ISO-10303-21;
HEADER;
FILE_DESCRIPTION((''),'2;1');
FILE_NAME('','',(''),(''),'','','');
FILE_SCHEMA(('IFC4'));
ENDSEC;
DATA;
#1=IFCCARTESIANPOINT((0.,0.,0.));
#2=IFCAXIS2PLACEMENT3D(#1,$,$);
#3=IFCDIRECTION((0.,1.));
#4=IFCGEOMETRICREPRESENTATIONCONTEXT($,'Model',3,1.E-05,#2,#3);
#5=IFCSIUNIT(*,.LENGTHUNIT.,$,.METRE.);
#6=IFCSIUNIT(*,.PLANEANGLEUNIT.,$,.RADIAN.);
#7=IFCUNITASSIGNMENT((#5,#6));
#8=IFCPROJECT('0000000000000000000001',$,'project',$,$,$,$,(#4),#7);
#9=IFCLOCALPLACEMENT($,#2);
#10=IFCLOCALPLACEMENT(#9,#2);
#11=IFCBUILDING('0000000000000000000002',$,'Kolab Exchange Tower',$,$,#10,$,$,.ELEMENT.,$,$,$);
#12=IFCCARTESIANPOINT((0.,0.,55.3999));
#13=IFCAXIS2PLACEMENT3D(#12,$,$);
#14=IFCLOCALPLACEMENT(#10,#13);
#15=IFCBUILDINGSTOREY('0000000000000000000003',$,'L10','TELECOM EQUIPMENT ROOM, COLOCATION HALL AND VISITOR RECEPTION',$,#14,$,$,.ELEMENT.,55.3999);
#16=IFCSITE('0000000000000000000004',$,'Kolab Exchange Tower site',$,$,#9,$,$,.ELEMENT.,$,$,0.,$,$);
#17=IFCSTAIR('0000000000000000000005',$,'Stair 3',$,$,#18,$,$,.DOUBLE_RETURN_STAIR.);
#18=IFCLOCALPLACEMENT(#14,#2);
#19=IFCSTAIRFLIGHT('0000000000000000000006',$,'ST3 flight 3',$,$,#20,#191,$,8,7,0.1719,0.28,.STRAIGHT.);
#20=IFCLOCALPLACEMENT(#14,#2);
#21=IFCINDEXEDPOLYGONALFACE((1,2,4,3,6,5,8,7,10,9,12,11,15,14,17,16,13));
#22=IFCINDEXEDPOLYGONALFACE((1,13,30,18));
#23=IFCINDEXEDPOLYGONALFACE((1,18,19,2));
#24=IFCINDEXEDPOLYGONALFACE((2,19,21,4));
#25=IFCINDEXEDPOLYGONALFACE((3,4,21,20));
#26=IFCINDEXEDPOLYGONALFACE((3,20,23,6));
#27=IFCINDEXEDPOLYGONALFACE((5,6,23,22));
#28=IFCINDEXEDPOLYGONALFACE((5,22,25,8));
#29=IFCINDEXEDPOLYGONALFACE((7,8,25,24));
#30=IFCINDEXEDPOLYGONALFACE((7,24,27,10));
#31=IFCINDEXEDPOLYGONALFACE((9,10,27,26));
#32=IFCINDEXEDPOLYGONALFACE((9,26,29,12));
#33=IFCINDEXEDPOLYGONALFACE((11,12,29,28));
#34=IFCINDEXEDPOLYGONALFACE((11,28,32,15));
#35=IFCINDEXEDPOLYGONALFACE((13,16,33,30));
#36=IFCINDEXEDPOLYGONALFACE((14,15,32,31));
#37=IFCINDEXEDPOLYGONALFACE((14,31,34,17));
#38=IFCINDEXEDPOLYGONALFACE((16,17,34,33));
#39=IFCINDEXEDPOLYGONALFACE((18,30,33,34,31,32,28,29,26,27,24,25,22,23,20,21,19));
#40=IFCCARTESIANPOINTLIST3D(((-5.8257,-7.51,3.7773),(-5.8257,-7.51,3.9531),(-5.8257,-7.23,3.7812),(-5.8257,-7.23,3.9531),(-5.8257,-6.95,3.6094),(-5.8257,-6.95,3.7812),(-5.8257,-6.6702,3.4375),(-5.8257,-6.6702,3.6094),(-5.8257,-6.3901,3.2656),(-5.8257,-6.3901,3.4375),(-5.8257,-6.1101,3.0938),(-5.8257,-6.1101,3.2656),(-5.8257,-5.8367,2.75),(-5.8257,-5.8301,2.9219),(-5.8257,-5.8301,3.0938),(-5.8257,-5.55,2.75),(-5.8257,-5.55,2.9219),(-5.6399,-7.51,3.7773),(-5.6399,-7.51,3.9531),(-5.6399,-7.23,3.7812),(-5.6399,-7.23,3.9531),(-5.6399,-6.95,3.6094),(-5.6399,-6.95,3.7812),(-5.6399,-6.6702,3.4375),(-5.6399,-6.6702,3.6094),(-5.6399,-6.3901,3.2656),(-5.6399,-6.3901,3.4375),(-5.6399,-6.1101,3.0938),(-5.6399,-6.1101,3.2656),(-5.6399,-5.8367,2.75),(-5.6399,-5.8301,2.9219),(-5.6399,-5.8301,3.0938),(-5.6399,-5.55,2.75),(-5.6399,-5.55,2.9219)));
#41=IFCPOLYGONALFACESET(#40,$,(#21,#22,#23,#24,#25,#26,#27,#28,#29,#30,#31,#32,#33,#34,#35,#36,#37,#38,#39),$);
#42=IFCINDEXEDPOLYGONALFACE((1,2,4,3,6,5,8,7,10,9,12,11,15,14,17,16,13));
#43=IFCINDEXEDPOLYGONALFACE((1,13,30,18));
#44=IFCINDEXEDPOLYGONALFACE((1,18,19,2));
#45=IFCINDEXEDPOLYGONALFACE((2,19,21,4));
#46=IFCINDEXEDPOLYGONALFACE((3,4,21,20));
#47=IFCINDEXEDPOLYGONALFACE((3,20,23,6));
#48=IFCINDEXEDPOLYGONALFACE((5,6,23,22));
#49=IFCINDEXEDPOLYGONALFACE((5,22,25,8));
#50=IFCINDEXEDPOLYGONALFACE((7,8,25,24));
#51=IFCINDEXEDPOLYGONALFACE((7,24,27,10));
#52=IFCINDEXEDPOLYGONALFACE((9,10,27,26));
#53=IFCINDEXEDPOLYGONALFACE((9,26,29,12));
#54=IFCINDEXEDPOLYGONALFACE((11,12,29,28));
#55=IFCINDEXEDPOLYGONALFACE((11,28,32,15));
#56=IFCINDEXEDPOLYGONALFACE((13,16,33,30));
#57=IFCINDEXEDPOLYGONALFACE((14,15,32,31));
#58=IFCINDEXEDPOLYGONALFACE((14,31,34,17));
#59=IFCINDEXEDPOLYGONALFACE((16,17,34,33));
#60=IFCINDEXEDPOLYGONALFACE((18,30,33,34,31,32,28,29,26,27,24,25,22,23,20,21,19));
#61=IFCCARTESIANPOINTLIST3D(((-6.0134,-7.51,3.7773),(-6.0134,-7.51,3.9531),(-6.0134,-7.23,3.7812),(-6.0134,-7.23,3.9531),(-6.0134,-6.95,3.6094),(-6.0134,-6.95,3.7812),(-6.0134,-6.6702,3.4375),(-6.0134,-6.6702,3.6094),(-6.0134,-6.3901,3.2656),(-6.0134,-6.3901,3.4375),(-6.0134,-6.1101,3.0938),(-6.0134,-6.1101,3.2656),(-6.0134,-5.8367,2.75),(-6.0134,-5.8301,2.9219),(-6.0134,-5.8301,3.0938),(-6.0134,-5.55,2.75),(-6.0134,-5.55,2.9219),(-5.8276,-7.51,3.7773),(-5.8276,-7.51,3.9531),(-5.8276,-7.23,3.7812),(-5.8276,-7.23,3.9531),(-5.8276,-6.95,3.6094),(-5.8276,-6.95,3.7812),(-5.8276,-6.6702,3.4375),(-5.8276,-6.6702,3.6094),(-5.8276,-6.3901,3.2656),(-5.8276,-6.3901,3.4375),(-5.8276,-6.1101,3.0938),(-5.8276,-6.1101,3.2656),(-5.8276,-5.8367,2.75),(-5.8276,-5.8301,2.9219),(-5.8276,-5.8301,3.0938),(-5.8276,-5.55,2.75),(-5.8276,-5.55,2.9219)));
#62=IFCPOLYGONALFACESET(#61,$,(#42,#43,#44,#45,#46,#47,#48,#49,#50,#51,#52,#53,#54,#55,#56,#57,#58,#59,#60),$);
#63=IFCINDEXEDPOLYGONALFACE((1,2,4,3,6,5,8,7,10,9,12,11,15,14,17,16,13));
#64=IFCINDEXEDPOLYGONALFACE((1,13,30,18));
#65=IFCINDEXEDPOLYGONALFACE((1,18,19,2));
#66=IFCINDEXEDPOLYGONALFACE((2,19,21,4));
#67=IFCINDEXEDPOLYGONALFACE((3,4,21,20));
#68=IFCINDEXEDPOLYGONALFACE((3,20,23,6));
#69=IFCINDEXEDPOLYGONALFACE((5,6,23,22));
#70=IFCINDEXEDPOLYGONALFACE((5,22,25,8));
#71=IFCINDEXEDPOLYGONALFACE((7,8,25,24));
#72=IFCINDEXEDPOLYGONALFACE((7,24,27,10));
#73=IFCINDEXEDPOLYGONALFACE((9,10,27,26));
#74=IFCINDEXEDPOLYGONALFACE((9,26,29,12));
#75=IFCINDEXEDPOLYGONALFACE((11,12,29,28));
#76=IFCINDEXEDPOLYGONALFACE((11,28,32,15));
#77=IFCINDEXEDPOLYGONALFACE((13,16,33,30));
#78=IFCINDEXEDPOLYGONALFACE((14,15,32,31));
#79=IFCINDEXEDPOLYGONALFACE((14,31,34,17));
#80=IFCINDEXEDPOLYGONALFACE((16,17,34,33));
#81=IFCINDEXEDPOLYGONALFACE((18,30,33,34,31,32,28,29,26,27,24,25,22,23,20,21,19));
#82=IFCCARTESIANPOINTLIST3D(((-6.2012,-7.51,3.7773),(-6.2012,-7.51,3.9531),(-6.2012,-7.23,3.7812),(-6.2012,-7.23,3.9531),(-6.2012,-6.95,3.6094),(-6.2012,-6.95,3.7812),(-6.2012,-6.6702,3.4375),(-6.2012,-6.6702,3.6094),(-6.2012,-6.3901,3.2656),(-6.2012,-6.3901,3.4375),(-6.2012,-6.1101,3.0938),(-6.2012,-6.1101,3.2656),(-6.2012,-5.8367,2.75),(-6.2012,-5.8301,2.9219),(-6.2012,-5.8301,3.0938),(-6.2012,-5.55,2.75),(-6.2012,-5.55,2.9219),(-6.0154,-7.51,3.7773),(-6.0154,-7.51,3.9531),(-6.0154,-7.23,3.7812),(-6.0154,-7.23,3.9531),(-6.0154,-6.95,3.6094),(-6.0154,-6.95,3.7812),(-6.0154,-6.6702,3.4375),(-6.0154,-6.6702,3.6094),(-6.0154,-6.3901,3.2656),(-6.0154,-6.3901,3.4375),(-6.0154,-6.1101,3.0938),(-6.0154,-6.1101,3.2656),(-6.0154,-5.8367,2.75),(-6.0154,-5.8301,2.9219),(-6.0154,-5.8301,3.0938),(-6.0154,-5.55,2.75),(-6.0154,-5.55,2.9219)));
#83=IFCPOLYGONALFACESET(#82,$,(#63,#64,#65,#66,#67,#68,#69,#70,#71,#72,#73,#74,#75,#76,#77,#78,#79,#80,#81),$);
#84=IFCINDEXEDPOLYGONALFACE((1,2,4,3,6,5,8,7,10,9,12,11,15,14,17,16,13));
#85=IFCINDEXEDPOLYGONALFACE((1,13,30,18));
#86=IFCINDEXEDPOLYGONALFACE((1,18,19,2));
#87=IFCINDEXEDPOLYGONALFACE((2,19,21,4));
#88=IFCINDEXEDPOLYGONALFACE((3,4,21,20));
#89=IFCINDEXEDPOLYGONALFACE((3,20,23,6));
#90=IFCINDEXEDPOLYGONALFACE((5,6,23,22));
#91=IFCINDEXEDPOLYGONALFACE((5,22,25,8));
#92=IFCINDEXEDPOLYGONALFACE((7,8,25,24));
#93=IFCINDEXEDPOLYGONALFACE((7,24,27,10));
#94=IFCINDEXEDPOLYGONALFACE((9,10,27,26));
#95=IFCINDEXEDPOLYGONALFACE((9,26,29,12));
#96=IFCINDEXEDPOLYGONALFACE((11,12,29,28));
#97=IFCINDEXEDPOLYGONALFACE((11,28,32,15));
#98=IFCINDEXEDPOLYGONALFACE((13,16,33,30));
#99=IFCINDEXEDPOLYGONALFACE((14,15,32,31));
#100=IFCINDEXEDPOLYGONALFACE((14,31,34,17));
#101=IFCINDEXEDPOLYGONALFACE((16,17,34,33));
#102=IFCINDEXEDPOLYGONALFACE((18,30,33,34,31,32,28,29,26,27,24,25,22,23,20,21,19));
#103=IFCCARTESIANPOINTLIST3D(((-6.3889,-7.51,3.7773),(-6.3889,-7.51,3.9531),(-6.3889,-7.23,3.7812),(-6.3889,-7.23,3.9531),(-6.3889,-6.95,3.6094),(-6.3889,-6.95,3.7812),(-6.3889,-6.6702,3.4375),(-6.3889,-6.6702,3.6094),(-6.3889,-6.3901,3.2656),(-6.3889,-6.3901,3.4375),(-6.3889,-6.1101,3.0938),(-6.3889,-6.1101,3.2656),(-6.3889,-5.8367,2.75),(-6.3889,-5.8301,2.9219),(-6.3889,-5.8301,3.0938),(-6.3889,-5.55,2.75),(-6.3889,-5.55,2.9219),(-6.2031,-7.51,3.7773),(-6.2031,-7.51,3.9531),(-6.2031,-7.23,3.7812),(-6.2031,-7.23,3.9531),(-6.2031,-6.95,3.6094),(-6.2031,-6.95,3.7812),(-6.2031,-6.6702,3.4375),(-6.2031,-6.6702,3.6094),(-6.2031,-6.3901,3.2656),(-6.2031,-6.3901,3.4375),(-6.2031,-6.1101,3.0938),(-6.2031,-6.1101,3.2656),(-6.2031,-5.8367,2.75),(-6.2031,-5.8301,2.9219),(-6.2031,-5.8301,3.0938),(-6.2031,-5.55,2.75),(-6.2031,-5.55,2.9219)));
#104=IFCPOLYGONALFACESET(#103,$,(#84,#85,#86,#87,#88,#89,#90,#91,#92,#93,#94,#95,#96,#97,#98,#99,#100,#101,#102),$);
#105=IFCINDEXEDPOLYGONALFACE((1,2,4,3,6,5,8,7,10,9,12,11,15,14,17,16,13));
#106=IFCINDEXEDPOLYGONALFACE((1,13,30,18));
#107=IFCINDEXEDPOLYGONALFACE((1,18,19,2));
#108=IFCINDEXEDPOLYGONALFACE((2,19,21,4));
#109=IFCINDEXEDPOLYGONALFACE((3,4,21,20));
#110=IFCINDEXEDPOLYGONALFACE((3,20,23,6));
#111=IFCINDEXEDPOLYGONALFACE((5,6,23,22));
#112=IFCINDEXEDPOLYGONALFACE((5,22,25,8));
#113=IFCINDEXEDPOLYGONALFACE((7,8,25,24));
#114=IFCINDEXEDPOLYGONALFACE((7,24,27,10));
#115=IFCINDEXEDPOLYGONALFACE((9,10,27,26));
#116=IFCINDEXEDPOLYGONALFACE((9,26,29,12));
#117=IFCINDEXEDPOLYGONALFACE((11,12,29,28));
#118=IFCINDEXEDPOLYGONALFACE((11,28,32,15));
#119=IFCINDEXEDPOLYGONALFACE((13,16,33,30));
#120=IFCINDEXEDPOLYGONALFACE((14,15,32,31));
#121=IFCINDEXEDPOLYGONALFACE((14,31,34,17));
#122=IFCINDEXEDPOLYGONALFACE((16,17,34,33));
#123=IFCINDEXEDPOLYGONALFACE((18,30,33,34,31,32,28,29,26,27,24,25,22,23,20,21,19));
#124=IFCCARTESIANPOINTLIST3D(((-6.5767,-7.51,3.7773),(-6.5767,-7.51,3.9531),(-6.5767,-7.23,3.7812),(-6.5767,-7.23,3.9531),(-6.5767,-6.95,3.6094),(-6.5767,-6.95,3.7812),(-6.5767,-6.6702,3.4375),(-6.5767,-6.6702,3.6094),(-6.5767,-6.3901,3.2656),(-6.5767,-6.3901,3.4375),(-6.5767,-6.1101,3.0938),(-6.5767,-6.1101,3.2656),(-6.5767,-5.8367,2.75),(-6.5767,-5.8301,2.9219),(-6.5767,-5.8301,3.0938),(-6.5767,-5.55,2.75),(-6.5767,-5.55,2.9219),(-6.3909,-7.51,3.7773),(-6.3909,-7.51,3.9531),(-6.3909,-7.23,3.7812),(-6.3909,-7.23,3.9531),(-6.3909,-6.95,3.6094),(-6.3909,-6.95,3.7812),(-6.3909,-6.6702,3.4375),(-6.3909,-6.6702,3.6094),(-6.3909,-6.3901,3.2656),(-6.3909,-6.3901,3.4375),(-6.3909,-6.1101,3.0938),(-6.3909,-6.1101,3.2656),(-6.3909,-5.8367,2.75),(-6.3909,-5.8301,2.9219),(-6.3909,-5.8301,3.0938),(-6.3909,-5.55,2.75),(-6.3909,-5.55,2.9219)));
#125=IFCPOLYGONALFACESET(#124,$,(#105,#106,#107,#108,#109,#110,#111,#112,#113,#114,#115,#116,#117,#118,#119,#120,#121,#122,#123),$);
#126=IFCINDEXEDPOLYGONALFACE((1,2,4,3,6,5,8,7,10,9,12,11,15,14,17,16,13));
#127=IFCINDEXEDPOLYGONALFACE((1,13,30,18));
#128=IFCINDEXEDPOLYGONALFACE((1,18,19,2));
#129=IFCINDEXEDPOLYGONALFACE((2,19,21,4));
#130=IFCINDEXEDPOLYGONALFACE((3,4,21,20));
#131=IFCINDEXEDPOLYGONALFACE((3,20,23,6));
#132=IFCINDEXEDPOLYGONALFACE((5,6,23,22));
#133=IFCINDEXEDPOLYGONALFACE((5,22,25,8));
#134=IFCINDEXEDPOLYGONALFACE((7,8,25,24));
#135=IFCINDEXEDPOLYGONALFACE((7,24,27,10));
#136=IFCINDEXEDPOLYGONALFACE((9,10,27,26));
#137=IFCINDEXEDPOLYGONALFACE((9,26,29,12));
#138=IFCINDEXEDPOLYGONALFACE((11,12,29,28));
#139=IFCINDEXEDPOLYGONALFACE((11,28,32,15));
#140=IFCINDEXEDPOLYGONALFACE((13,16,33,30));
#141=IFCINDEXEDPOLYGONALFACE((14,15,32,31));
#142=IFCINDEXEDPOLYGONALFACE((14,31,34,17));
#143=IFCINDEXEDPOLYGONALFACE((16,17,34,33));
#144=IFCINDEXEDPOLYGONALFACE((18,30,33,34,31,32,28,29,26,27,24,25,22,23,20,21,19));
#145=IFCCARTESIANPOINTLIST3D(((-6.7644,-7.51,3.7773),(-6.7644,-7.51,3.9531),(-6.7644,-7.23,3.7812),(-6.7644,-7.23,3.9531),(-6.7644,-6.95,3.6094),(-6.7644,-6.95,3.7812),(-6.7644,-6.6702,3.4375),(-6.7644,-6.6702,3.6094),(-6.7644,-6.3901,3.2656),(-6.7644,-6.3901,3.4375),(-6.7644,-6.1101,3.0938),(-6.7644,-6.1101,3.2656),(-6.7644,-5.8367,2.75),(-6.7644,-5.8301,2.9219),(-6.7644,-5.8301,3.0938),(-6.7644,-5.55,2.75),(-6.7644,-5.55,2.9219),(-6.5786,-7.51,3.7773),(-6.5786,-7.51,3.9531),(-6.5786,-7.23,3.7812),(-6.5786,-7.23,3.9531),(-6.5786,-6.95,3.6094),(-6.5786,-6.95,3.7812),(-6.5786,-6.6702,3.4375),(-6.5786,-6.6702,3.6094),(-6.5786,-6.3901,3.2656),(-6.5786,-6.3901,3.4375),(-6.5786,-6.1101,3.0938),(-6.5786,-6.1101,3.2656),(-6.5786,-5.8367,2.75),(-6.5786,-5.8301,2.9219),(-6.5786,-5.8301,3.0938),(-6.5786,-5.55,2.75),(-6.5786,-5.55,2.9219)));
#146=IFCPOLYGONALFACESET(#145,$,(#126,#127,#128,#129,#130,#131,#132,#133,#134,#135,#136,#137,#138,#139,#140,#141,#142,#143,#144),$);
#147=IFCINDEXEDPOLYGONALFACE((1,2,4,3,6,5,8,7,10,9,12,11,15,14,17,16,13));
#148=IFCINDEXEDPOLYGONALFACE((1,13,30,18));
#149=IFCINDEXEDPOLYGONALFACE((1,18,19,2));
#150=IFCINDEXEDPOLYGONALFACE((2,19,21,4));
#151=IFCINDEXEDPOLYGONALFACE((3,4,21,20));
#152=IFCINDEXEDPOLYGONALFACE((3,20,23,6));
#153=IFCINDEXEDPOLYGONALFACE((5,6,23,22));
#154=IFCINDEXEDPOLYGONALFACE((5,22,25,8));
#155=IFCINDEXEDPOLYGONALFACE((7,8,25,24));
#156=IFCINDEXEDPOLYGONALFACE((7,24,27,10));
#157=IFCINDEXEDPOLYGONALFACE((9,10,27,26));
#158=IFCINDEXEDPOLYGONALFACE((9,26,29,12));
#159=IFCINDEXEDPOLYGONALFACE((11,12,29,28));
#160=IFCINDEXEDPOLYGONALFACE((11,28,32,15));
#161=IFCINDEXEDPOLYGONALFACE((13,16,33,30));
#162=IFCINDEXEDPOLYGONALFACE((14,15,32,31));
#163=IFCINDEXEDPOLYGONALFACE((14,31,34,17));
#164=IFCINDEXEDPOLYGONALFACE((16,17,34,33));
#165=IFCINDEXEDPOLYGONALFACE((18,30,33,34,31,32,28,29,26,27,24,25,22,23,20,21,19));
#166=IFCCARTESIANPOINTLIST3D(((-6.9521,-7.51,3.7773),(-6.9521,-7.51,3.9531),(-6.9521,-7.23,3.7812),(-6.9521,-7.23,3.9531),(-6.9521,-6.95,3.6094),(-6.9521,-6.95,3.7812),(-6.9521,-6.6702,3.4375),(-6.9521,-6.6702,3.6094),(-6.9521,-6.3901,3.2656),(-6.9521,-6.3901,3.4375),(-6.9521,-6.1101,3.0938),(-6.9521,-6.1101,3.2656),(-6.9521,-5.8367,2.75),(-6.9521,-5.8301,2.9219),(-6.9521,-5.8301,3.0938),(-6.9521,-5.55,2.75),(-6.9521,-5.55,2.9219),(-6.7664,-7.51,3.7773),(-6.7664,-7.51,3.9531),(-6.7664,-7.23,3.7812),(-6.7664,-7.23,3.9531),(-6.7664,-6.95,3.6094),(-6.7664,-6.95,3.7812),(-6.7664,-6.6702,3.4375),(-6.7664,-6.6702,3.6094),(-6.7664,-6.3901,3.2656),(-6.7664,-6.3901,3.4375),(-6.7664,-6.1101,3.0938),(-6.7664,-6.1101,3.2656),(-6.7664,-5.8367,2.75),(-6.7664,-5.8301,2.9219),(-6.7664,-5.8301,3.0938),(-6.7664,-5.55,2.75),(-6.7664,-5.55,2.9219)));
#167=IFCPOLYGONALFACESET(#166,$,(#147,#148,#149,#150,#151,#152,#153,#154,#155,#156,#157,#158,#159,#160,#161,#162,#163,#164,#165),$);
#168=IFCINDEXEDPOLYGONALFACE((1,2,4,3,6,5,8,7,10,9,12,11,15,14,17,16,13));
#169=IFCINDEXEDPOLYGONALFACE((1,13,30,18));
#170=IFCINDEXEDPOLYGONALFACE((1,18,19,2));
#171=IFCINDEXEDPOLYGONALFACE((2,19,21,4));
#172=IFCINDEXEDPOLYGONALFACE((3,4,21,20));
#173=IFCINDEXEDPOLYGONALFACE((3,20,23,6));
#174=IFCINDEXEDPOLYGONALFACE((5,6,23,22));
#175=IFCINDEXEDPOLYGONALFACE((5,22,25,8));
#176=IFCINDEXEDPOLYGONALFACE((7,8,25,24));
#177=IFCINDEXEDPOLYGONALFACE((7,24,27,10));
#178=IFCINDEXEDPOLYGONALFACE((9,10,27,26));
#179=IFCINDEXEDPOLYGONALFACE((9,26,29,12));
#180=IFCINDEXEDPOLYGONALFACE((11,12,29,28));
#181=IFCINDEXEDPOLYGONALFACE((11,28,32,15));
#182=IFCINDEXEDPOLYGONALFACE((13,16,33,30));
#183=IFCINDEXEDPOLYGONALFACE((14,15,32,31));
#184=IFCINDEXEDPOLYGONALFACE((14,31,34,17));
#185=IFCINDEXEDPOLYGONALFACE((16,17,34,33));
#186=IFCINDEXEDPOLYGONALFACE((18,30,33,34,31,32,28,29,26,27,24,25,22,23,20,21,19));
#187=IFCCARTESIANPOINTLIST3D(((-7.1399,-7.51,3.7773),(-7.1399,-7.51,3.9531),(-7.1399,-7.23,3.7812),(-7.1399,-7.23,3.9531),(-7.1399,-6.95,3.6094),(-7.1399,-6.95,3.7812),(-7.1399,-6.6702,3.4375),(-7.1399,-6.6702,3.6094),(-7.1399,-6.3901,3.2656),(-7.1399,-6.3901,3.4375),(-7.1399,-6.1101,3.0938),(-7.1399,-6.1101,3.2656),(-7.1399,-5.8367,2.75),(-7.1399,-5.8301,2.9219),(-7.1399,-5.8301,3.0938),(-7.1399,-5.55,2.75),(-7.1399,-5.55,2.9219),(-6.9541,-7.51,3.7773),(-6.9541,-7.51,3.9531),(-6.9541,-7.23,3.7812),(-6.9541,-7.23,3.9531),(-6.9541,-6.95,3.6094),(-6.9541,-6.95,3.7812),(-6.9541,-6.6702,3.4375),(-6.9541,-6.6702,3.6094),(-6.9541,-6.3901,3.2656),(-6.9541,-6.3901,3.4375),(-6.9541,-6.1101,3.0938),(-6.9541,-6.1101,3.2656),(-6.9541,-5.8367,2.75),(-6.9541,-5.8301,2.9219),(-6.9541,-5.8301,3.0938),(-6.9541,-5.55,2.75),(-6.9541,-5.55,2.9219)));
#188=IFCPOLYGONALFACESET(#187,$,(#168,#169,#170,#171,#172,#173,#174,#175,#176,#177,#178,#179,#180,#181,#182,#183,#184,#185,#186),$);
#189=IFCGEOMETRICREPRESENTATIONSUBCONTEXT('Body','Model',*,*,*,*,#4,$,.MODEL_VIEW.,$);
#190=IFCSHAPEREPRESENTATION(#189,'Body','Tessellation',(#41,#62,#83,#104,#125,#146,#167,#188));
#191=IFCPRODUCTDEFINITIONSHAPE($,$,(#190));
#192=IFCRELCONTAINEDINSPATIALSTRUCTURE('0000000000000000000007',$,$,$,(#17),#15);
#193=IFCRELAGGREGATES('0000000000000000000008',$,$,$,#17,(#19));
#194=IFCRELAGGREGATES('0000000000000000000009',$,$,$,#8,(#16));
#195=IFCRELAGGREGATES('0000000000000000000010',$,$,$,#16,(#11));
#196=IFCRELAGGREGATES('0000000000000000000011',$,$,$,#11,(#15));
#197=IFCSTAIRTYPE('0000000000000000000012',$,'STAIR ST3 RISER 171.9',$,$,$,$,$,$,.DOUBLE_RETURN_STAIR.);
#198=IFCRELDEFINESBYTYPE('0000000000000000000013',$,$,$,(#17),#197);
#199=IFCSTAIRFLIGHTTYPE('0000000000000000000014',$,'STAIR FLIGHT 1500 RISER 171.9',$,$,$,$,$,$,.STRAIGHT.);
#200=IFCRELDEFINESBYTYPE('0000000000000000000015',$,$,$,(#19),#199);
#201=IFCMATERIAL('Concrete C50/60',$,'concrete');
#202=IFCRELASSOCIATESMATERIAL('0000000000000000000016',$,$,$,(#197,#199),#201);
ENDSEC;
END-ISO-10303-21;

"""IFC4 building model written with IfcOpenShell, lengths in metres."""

from ifc_helpers import new_model, si_unit, direction, frame, origin, place, context, subcontext, project, spatial, polyline, outline, extrude, material, type_object, element, aggregate, save


model = new_model("IFC4")

# Units and contexts
model_context = context("Model", 3, precision=1e-05, world=origin(), true_north=direction((0.0, 1.0)))
body_context = subcontext(model_context, "Body", "Model", "MODEL_VIEW")
ifc_project = project(units=[si_unit("LENGTHUNIT", "METRE"), si_unit("PLANEANGLEUNIT", "RADIAN")], contexts=[model_context])

# Site, building, storey
site_placement = place(None, origin())
site = spatial("IfcSite", under=ifc_project, at=site_placement, Name="Kolab Exchange Tower site", CompositionType="ELEMENT", RefElevation=0.0)
building_placement = place(site_placement, origin())
building = spatial("IfcBuilding", under=site, at=building_placement, Name="Kolab Exchange Tower", CompositionType="ELEMENT")
storey_placement = place(building_placement, frame((0.0, 0.0, 55.3999)))
storey = spatial("IfcBuildingStorey", under=building, at=storey_placement, Name="L10", Description="TELECOM EQUIPMENT ROOM, COLOCATION HALL AND VISITOR RECEPTION", CompositionType="ELEMENT", Elevation=55.3999)

# Shared definitions
ifc_material_1 = material(Name="Concrete C50/60", Category="concrete")

# Stair, stair flight
stair_type = type_object("IfcStairType", Name="STAIR ST3 RISER 171.9", PredefinedType="DOUBLE_RETURN_STAIR", material=ifc_material_1)
stair_placement = place(storey_placement, origin())
stair = element("IfcStair", 1, at=stair_placement, inside=storey, type_object=stair_type, Name="Stair 3", PredefinedType="DOUBLE_RETURN_STAIR")
stair_flight_type = type_object("IfcStairFlightType", Name="STAIR FLIGHT 1500 RISER 171.9", PredefinedType="STRAIGHT", material=ifc_material_1)
stair_flight_placement = place(storey_placement, frame((-6.3899, -5.55, 2.75), z_axis=(0.0, 0.0, 1.0), x_axis=(0.0, -1.0, 0.0)))
stair_flight = element("IfcStairFlight", 2, at=stair_flight_placement, type_object=stair_flight_type, Name="ST3 flight 3", NumberOfRisers=8, NumberOfTreads=7, PredefinedType="STRAIGHT", RiserHeight=0.1719, TreadLength=0.28, context=body_context, shape_type="SweptSolid", body=[
    extrude(outline(polyline([(0.0, 0.0), (0.0, 0.1719), (0.28, 0.1719), (0.28, 0.3438), (0.5601, 0.3438), (0.5601, 0.5156), (0.8401, 0.5156), (0.8401, 0.6875), (1.1201, 0.6875), (1.1201, 0.8594), (1.3999, 0.8594), (1.3999, 1.0312), (1.6799, 1.0312), (1.6799, 1.2031), (1.96, 1.2031), (1.96, 1.375), (1.96, 1.0273), (0.2866, 0.0), (0.0, 0.0)])), frame((0.0, 0.75, 0.0), z_axis=(0.0, -1.0, 0.0), x_axis=(1.0, 0.0, 0.0)), (0.0, 0.0, 1.0), 0.1858),
    extrude(outline(polyline([(0.0, 0.0), (0.0, 0.1719), (0.28, 0.1719), (0.28, 0.3438), (0.5601, 0.3438), (0.5601, 0.5156), (0.8401, 0.5156), (0.8401, 0.6875), (1.1201, 0.6875), (1.1201, 0.8594), (1.3999, 0.8594), (1.3999, 1.0312), (1.6799, 1.0312), (1.6799, 1.2031), (1.96, 1.2031), (1.96, 1.375), (1.96, 1.0273), (0.2866, 0.0), (0.0, 0.0)])), frame((0.0, 0.5623, 0.0), z_axis=(0.0, -1.0, 0.0), x_axis=(1.0, 0.0, 0.0)), (0.0, 0.0, 1.0), 0.1858),
    extrude(outline(polyline([(0.0, 0.0), (0.0, 0.1719), (0.28, 0.1719), (0.28, 0.3438), (0.5601, 0.3438), (0.5601, 0.5156), (0.8401, 0.5156), (0.8401, 0.6875), (1.1201, 0.6875), (1.1201, 0.8594), (1.3999, 0.8594), (1.3999, 1.0312), (1.6799, 1.0312), (1.6799, 1.2031), (1.96, 1.2031), (1.96, 1.375), (1.96, 1.0273), (0.2866, 0.0), (0.0, 0.0)])), frame((0.0, 0.3745, 0.0), z_axis=(0.0, -1.0, 0.0), x_axis=(1.0, 0.0, 0.0)), (0.0, 0.0, 1.0), 0.1858),
    extrude(outline(polyline([(0.0, 0.0), (0.0, 0.1719), (0.28, 0.1719), (0.28, 0.3438), (0.5601, 0.3438), (0.5601, 0.5156), (0.8401, 0.5156), (0.8401, 0.6875), (1.1201, 0.6875), (1.1201, 0.8594), (1.3999, 0.8594), (1.3999, 1.0312), (1.6799, 1.0312), (1.6799, 1.2031), (1.96, 1.2031), (1.96, 1.375), (1.96, 1.0273), (0.2866, 0.0), (0.0, 0.0)])), frame((0.0, 0.1868, 0.0), z_axis=(0.0, -1.0, 0.0), x_axis=(1.0, 0.0, 0.0)), (0.0, 0.0, 1.0), 0.1858),
    extrude(outline(polyline([(0.0, 0.0), (0.0, 0.1719), (0.28, 0.1719), (0.28, 0.3438), (0.5601, 0.3438), (0.5601, 0.5156), (0.8401, 0.5156), (0.8401, 0.6875), (1.1201, 0.6875), (1.1201, 0.8594), (1.3999, 0.8594), (1.3999, 1.0312), (1.6799, 1.0312), (1.6799, 1.2031), (1.96, 1.2031), (1.96, 1.375), (1.96, 1.0273), (0.2866, 0.0), (0.0, 0.0)])), frame((0.0, -0.001, 0.0), z_axis=(0.0, -1.0, 0.0), x_axis=(1.0, 0.0, 0.0)), (0.0, 0.0, 1.0), 0.1858),
    extrude(outline(polyline([(0.0, 0.0), (0.0, 0.1719), (0.28, 0.1719), (0.28, 0.3438), (0.5601, 0.3438), (0.5601, 0.5156), (0.8401, 0.5156), (0.8401, 0.6875), (1.1201, 0.6875), (1.1201, 0.8594), (1.3999, 0.8594), (1.3999, 1.0312), (1.6799, 1.0312), (1.6799, 1.2031), (1.96, 1.2031), (1.96, 1.375), (1.96, 1.0273), (0.2866, 0.0), (0.0, 0.0)])), frame((0.0, -0.1887, 0.0), z_axis=(0.0, -1.0, 0.0), x_axis=(1.0, 0.0, 0.0)), (0.0, 0.0, 1.0), 0.1858),
    extrude(outline(polyline([(0.0, 0.0), (0.0, 0.1719), (0.28, 0.1719), (0.28, 0.3438), (0.5601, 0.3438), (0.5601, 0.5156), (0.8401, 0.5156), (0.8401, 0.6875), (1.1201, 0.6875), (1.1201, 0.8594), (1.3999, 0.8594), (1.3999, 1.0312), (1.6799, 1.0312), (1.6799, 1.2031), (1.96, 1.2031), (1.96, 1.375), (1.96, 1.0273), (0.2866, 0.0), (0.0, 0.0)])), frame((0.0, -0.3765, 0.0), z_axis=(0.0, -1.0, 0.0), x_axis=(1.0, 0.0, 0.0)), (0.0, 0.0, 1.0), 0.1858),
    extrude(outline(polyline([(0.0, 0.0), (0.0, 0.1719), (0.28, 0.1719), (0.28, 0.3438), (0.5601, 0.3438), (0.5601, 0.5156), (0.8401, 0.5156), (0.8401, 0.6875), (1.1201, 0.6875), (1.1201, 0.8594), (1.3999, 0.8594), (1.3999, 1.0312), (1.6799, 1.0312), (1.6799, 1.2031), (1.96, 1.2031), (1.96, 1.375), (1.96, 1.0273), (0.2866, 0.0), (0.0, 0.0)])), frame((0.0, -0.5642, 0.0), z_axis=(0.0, -1.0, 0.0), x_axis=(1.0, 0.0, 0.0)), (0.0, 0.0, 1.0), 0.1858),
])
aggregate(stair, [stair_flight])

save(model, "model.ifc")
